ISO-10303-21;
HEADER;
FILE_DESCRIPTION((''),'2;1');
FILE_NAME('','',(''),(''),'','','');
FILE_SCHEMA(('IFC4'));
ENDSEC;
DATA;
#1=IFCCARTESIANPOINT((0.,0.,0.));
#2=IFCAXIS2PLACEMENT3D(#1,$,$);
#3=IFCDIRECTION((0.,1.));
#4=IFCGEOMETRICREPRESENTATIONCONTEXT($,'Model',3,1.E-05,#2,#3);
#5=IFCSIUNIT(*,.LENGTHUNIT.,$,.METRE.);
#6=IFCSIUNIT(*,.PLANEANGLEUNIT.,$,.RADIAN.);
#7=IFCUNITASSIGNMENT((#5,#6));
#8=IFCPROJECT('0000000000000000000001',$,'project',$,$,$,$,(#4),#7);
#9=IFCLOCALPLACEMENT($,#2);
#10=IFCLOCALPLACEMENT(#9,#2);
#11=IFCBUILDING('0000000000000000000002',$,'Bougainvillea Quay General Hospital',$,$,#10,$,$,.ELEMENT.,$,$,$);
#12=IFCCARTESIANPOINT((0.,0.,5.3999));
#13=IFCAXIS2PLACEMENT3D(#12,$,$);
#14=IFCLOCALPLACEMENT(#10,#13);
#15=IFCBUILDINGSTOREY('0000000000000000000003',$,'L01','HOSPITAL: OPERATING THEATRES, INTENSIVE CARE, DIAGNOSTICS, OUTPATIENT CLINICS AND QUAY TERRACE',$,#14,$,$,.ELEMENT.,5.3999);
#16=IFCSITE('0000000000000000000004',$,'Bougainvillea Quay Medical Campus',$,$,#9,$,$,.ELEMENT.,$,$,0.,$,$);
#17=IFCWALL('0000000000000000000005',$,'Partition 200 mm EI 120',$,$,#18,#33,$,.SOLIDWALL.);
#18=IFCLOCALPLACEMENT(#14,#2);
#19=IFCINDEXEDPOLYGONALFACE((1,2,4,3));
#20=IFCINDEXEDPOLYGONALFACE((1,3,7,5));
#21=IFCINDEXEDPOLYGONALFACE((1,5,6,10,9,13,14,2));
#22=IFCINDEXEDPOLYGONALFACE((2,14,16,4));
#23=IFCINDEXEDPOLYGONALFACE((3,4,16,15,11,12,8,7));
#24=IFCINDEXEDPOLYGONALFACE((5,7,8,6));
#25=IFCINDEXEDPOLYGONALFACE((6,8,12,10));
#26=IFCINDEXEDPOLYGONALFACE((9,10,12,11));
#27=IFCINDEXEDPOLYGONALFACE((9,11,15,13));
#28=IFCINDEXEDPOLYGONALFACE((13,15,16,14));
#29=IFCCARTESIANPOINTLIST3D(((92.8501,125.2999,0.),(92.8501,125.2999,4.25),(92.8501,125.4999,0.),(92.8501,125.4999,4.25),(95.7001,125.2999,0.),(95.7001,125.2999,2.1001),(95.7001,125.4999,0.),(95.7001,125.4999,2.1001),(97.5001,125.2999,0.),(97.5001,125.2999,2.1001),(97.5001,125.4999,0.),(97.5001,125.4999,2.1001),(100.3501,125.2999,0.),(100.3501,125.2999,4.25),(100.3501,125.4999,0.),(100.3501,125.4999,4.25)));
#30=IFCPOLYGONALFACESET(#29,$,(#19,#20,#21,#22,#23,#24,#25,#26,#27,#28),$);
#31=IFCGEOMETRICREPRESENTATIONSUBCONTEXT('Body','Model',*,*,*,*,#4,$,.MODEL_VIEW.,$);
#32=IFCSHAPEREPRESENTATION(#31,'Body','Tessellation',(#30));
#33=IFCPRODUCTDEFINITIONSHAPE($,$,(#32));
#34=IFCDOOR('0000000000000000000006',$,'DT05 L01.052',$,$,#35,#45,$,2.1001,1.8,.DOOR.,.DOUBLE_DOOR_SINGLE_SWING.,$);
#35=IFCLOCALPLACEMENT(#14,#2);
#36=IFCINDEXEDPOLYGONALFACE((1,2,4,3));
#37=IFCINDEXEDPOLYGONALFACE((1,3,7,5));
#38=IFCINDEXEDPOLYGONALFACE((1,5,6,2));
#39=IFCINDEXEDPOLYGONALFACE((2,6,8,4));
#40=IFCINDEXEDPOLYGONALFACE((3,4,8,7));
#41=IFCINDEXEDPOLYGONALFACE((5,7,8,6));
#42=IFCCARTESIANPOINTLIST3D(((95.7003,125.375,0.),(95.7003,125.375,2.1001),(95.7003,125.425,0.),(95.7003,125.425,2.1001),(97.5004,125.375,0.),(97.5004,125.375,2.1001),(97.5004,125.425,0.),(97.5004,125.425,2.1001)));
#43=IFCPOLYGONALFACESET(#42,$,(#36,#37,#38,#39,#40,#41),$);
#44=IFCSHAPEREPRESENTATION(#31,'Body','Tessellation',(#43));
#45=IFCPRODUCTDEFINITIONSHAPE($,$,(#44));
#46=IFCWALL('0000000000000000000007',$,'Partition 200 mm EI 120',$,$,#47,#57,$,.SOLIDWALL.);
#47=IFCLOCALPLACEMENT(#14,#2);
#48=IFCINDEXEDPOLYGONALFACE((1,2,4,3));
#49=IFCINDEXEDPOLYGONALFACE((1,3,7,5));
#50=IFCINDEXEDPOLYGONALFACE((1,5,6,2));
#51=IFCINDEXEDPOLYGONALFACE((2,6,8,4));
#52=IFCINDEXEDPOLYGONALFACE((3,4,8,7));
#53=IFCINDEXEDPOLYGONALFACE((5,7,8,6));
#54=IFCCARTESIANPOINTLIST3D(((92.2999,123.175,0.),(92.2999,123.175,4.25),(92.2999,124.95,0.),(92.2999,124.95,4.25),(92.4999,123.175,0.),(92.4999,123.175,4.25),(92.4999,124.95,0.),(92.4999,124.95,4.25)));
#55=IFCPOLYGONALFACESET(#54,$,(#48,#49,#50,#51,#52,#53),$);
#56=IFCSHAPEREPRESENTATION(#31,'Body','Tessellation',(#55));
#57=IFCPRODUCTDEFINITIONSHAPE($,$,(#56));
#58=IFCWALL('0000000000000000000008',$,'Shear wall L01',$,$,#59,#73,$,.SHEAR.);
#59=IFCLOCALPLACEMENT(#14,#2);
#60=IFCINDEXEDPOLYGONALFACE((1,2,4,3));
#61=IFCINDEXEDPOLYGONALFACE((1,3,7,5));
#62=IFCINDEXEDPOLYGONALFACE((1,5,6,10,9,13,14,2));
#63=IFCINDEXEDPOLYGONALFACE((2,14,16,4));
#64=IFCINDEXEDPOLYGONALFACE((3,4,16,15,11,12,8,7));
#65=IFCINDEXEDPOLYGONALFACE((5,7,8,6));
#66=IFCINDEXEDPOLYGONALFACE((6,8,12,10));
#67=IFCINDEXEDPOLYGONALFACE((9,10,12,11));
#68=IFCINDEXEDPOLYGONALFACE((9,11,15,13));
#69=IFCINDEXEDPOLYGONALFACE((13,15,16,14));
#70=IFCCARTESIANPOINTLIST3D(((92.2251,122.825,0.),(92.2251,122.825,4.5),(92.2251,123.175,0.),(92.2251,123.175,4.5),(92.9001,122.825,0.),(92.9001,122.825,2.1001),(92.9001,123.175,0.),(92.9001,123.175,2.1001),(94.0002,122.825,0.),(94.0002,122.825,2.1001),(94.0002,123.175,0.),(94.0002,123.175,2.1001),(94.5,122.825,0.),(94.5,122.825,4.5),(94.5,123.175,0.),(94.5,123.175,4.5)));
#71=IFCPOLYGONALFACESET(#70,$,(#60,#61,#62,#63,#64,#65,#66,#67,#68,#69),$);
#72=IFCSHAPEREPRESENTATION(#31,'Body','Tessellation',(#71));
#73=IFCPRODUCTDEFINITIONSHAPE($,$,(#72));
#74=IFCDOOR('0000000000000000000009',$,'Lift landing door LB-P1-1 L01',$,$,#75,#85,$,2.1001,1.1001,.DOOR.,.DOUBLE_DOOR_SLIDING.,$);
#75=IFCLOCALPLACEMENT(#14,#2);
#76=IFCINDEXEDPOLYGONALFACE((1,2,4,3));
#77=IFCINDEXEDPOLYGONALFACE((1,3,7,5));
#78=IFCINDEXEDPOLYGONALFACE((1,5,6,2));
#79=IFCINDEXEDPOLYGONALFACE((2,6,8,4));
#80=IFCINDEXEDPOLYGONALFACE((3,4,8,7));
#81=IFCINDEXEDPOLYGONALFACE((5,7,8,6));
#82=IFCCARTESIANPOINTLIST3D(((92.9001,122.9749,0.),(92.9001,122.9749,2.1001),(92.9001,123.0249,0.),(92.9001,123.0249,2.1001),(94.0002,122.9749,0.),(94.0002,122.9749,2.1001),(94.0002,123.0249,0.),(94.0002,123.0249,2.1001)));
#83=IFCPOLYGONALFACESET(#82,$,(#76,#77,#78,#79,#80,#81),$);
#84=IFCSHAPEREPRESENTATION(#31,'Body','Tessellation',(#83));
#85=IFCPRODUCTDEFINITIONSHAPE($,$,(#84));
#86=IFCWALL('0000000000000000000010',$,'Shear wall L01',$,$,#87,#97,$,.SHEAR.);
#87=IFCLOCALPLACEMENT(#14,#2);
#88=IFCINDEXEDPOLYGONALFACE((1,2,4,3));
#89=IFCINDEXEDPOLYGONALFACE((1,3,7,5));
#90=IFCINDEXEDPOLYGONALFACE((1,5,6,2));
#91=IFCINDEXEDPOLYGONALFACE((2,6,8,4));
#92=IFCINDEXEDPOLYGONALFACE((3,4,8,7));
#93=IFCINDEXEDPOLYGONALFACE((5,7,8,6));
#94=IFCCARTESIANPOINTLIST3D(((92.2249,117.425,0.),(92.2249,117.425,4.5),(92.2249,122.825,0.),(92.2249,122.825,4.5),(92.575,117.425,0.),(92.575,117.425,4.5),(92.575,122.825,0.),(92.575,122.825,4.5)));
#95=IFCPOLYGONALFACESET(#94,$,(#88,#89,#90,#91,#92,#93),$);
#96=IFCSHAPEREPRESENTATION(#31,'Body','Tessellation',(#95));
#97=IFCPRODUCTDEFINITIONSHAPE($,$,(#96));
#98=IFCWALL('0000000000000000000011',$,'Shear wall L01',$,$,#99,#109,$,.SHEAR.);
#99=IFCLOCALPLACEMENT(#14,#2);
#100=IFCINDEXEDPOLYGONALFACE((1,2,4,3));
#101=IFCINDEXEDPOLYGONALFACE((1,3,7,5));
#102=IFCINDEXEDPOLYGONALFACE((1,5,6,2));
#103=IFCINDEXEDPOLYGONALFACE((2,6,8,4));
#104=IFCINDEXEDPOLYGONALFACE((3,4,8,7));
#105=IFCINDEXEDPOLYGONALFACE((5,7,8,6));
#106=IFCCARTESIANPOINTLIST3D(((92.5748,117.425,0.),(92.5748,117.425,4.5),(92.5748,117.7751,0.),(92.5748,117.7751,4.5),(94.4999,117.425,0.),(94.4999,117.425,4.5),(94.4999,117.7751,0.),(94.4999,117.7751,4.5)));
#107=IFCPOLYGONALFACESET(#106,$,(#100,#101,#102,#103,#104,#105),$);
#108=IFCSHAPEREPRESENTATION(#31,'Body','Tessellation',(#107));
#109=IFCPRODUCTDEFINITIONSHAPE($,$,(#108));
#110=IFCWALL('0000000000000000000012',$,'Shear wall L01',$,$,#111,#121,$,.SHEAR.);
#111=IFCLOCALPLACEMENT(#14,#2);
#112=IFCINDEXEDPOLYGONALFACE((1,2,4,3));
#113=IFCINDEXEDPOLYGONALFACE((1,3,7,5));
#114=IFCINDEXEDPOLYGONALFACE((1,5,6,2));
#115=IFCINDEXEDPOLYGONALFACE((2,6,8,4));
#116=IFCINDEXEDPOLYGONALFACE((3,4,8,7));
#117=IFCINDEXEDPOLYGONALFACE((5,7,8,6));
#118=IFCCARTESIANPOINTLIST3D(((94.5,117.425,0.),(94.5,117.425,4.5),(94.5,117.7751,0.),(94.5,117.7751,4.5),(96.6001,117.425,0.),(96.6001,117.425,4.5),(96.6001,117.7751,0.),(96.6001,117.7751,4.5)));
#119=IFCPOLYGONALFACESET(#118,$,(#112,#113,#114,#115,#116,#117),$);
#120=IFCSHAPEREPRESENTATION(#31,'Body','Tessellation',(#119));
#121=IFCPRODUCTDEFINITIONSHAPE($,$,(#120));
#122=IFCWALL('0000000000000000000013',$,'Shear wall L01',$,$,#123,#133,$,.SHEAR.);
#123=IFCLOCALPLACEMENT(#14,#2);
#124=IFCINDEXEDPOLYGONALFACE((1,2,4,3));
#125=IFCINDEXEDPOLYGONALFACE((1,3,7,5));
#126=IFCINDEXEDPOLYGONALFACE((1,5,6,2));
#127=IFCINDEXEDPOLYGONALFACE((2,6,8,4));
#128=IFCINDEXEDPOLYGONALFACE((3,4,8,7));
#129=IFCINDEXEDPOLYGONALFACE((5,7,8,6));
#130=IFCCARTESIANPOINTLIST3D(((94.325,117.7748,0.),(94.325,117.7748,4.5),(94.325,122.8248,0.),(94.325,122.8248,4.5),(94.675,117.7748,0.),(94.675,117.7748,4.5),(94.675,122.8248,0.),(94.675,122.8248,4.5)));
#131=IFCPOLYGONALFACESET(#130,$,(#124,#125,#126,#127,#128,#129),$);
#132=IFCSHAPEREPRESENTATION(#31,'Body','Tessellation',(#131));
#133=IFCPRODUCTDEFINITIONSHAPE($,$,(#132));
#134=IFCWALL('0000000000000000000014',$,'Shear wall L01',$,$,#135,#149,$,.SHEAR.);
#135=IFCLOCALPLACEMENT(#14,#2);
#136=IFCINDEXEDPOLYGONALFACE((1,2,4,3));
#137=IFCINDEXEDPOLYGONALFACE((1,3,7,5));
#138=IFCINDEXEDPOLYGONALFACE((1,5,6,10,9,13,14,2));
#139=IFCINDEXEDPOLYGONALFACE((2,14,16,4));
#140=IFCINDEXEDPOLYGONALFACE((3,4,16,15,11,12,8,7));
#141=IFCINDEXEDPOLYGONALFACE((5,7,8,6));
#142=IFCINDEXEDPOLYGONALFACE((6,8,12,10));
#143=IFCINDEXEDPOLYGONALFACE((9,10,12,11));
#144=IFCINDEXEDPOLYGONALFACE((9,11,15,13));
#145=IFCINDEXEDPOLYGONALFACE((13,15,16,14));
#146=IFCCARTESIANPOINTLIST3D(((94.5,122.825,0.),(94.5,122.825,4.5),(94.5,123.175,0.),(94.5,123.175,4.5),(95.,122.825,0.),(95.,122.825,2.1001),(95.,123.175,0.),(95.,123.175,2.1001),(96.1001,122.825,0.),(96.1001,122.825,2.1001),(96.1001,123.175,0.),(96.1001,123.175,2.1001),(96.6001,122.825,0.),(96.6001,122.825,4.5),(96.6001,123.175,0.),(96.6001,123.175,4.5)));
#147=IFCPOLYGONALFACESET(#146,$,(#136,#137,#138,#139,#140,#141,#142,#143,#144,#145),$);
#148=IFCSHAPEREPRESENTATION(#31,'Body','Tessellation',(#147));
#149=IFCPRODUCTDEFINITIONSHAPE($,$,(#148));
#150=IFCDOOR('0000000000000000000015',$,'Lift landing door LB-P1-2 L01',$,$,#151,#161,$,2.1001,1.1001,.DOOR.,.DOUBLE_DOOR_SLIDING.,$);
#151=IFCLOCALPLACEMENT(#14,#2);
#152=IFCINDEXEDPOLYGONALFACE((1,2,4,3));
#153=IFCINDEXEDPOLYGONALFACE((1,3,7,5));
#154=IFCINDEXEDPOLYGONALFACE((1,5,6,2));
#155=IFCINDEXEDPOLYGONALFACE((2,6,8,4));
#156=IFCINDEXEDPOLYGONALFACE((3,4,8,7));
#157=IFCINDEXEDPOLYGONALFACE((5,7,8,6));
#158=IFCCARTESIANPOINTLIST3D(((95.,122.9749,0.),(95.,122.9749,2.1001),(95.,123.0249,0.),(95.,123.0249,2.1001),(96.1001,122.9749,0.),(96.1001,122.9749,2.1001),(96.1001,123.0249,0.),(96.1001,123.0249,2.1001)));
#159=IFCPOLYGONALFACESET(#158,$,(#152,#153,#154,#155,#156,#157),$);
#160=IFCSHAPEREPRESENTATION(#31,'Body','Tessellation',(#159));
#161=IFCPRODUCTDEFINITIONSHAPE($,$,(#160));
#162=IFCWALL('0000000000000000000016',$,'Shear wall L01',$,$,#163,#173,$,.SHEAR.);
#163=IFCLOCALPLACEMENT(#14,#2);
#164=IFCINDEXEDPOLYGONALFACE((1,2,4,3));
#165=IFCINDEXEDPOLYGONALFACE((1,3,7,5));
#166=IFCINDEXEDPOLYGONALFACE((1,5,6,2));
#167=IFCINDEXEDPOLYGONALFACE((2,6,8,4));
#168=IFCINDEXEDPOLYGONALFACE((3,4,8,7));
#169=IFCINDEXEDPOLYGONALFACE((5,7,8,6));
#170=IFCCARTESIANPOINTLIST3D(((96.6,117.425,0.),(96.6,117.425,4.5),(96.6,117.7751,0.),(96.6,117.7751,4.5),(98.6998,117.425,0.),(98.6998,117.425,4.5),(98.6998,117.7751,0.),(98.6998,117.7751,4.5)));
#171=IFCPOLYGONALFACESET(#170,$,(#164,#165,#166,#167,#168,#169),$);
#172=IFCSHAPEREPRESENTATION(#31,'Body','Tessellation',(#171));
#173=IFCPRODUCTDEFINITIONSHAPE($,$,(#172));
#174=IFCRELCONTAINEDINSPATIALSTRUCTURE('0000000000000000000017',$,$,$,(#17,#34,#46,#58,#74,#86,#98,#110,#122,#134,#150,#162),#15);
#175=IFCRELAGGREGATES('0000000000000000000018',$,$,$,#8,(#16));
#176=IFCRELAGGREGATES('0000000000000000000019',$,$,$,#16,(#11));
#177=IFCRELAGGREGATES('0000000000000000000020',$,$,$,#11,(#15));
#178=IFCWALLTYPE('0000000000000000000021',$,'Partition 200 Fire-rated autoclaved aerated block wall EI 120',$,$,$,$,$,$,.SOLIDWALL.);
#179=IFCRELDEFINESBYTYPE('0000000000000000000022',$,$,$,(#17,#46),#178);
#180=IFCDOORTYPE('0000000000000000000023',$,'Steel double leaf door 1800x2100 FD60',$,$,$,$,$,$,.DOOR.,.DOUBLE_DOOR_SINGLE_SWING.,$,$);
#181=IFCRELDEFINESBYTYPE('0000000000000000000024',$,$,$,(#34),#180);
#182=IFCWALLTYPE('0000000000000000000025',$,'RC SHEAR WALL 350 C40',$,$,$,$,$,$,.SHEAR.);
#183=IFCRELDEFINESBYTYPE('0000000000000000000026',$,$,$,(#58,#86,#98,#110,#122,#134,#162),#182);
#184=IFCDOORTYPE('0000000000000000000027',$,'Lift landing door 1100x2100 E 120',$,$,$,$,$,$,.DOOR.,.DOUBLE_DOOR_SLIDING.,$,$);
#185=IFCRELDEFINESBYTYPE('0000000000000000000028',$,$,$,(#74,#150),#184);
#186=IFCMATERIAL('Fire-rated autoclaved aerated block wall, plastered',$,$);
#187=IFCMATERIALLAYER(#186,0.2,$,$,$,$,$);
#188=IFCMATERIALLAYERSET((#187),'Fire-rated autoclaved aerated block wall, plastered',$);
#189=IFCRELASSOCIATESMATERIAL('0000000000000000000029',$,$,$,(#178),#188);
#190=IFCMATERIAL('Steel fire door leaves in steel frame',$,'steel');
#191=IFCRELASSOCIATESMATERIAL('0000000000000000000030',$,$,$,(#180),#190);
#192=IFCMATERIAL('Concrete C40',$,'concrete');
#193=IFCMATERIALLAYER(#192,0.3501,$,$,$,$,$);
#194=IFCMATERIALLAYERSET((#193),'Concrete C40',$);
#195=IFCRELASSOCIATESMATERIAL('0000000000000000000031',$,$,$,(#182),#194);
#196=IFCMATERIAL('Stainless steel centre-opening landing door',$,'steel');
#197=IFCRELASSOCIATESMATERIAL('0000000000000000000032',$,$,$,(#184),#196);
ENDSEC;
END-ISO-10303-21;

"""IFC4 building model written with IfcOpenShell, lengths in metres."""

from ifc_helpers import new_model, si_unit, direction, frame, frame_2d, origin, place, context, subcontext, project, spatial, rectangle, extrude, material, layer, layer_set, type_object, element, fill, save


model = new_model("IFC4")

# Units and contexts
model_context = context("Model", 3, precision=1e-05, world=origin(), true_north=direction((0.0, 1.0)))
body_context = subcontext(model_context, "Body", "Model", "MODEL_VIEW")
ifc_project = project(units=[si_unit("LENGTHUNIT", "METRE"), si_unit("PLANEANGLEUNIT", "RADIAN")], contexts=[model_context])

# Site, building, storey
site_placement = place(None, origin())
site = spatial("IfcSite", under=ifc_project, at=site_placement, Name="Bougainvillea Quay Medical Campus", CompositionType="ELEMENT", RefElevation=0.0)
building_placement = place(site_placement, origin())
building = spatial("IfcBuilding", under=site, at=building_placement, Name="Bougainvillea Quay General Hospital", CompositionType="ELEMENT")
storey_placement = place(building_placement, frame((0.0, 0.0, 5.3999)))
storey = spatial("IfcBuildingStorey", under=building, at=storey_placement, Name="L01", Description="HOSPITAL: OPERATING THEATRES, INTENSIVE CARE, DIAGNOSTICS, OUTPATIENT CLINICS AND QUAY TERRACE", CompositionType="ELEMENT", Elevation=5.3999)

# Wall, opening, door
ifc_material_1 = material(Name="Fire-rated autoclaved aerated block wall, plastered")
ifc_layer_1 = layer(ifc_material_1, 0.2)
ifc_layer_set_1 = layer_set([ifc_layer_1], Name="Fire-rated autoclaved aerated block wall, plastered")
wall_type_1 = type_object("IfcWallType", Name="Partition 200 Fire-rated autoclaved aerated block wall EI 120", PredefinedType="SOLIDWALL", material=ifc_layer_set_1)
wall_1_placement = place(storey_placement, frame((92.8501, 125.3999, 0.0), z_axis=(0.0, 0.0, 1.0), x_axis=(1.0, 0.0, 0.0)))
wall_1 = element("IfcWall", 1, at=wall_1_placement, inside=storey, type_object=wall_type_1, Name="Partition 200 mm EI 120", PredefinedType="SOLIDWALL", context=body_context, shape_type="SweptSolid", body=[
    extrude(rectangle(XDim=7.5, YDim=0.2, at=frame_2d((3.75, 0.0))), origin(), (0.0, 0.0, 1.0), 4.25),
])
opening_1_placement = place(wall_1_placement, frame((2.8501, 0.0, 0.0)))
opening_1 = element("IfcOpeningElement", 2, at=opening_1_placement, cuts=wall_1, PredefinedType="OPENING", context=body_context, shape_type="SweptSolid", body=[
    extrude(rectangle(XDim=1.8, YDim=2.1001, at=frame_2d((0.8999, 1.05))), frame((0.0, 0.1099, 0.0), z_axis=(0.0, -1.0, 0.0), x_axis=(1.0, 0.0, 0.0)), (0.0, 0.0, 1.0), 0.22),
])
ifc_material_2 = material(Name="Steel fire door leaves in steel frame", Category="steel")
door_type_1 = type_object("IfcDoorType", Name="Steel double leaf door 1800x2100 FD60", OperationType="DOUBLE_DOOR_SINGLE_SWING", PredefinedType="DOOR", material=ifc_material_2)
door_1_placement = place(opening_1_placement, frame((1.8, 0.0, 0.0), z_axis=(0.0, 0.0, 1.0), x_axis=(-1.0, 0.0, 0.0)))
door_1 = element("IfcDoor", 3, at=door_1_placement, inside=storey, type_object=door_type_1, Name="DT05 L01.052", OperationType="DOUBLE_DOOR_SINGLE_SWING", OverallHeight=2.1001, OverallWidth=1.8, PredefinedType="DOOR", context=body_context, shape_type="SweptSolid", body=[
    extrude(rectangle(XDim=1.8, YDim=2.1001, at=frame_2d((0.8999, 1.05))), frame((0.0, 0.0249, 0.0), z_axis=(0.0, -1.0, 0.0), x_axis=(1.0, 0.0, 0.0)), (0.0, 0.0, 1.0), 0.05),
])
fill(opening_1, door_1)

# Wall
wall_2_placement = place(storey_placement, frame((92.3999, 123.175, 0.0), z_axis=(0.0, 0.0, 1.0), x_axis=(0.0, 1.0, 0.0)))
element("IfcWall", 4, at=wall_2_placement, inside=storey, type_object=wall_type_1, Name="Partition 200 mm EI 120", PredefinedType="SOLIDWALL", context=body_context, shape_type="SweptSolid", body=[
    extrude(rectangle(XDim=1.7749, YDim=0.2, at=frame_2d((0.8875, 0.0))), origin(), (0.0, 0.0, 1.0), 4.25),
])

# Wall, opening, door
ifc_material_3 = material(Name="Concrete C40", Category="concrete")
ifc_layer_2 = layer(ifc_material_3, 0.3501)
ifc_layer_set_2 = layer_set([ifc_layer_2], Name="Concrete C40")
wall_type_2 = type_object("IfcWallType", Name="RC SHEAR WALL 350 C40", PredefinedType="SHEAR", material=ifc_layer_set_2)
wall_3_placement = place(storey_placement, frame((92.2251, 123.0, 0.0), z_axis=(0.0, 0.0, 1.0), x_axis=(1.0, 0.0, 0.0)))
wall_3 = element("IfcWall", 5, at=wall_3_placement, inside=storey, type_object=wall_type_2, Name="Shear wall L01", PredefinedType="SHEAR", context=body_context, shape_type="SweptSolid", body=[
    extrude(rectangle(XDim=2.2749, YDim=0.3501, at=frame_2d((1.1375, 0.0))), origin(), (0.0, 0.0, 1.0), 4.5),
])
opening_2_placement = place(wall_3_placement, frame((0.675, 0.0, 0.0)))
opening_2 = element("IfcOpeningElement", 6, at=opening_2_placement, cuts=wall_3, PredefinedType="OPENING", context=body_context, shape_type="SweptSolid", body=[
    extrude(rectangle(XDim=1.1001, YDim=2.1001, at=frame_2d((0.55, 1.05))), frame((0.0, 0.1851, 0.0), z_axis=(0.0, -1.0, 0.0), x_axis=(1.0, 0.0, 0.0)), (0.0, 0.0, 1.0), 0.3701),
])
ifc_material_4 = material(Name="Stainless steel centre-opening landing door", Category="steel")
door_type_2 = type_object("IfcDoorType", Name="Lift landing door 1100x2100 E 120", OperationType="DOUBLE_DOOR_SLIDING", PredefinedType="DOOR", material=ifc_material_4)
door_2_placement = place(opening_2_placement, origin())
door_2 = element("IfcDoor", 7, at=door_2_placement, inside=storey, type_object=door_type_2, Name="Lift landing door LB-P1-1 L01", OperationType="DOUBLE_DOOR_SLIDING", OverallHeight=2.1001, OverallWidth=1.1001, PredefinedType="DOOR", context=body_context, shape_type="SweptSolid", body=[
    extrude(rectangle(XDim=1.1001, YDim=2.1001, at=frame_2d((0.55, 1.05))), frame((0.0, 0.0249, 0.0), z_axis=(0.0, -1.0, 0.0), x_axis=(1.0, 0.0, 0.0)), (0.0, 0.0, 1.0), 0.05),
])
fill(opening_2, door_2)

# Walls
wall_4_placement = place(storey_placement, frame((92.3999, 117.425, 0.0), z_axis=(0.0, 0.0, 1.0), x_axis=(0.0, 1.0, 0.0)))
element("IfcWall", 8, at=wall_4_placement, inside=storey, type_object=wall_type_2, Name="Shear wall L01", PredefinedType="SHEAR", context=body_context, shape_type="SweptSolid", body=[
    extrude(rectangle(XDim=5.3999, YDim=0.3501, at=frame_2d((2.7, 0.0))), origin(), (0.0, 0.0, 1.0), 4.5),
])
wall_5_placement = place(storey_placement, frame((92.575, 117.6001, 0.0), z_axis=(0.0, 0.0, 1.0), x_axis=(1.0, 0.0, 0.0)))
element("IfcWall", 9, at=wall_5_placement, inside=storey, type_object=wall_type_2, Name="Shear wall L01", PredefinedType="SHEAR", context=body_context, shape_type="SweptSolid", body=[
    extrude(rectangle(XDim=1.925, YDim=0.3501, at=frame_2d((0.9624, 0.0))), origin(), (0.0, 0.0, 1.0), 4.5),
])
wall_6_placement = place(storey_placement, frame((94.5, 117.6001, 0.0), z_axis=(0.0, 0.0, 1.0), x_axis=(1.0, 0.0, 0.0)))
element("IfcWall", 10, at=wall_6_placement, inside=storey, type_object=wall_type_2, Name="Shear wall L01", PredefinedType="SHEAR", context=body_context, shape_type="SweptSolid", body=[
    extrude(rectangle(XDim=2.1001, YDim=0.3501, at=frame_2d((1.05, 0.0))), origin(), (0.0, 0.0, 1.0), 4.5),
])
wall_7_placement = place(storey_placement, frame((94.5, 117.7749, 0.0), z_axis=(0.0, 0.0, 1.0), x_axis=(0.0, 1.0, 0.0)))
element("IfcWall", 11, at=wall_7_placement, inside=storey, type_object=wall_type_2, Name="Shear wall L01", PredefinedType="SHEAR", context=body_context, shape_type="SweptSolid", body=[
    extrude(rectangle(XDim=5.05, YDim=0.3501, at=frame_2d((2.5249, 0.0))), origin(), (0.0, 0.0, 1.0), 4.5),
])

# Wall, opening, door
wall_8_placement = place(storey_placement, frame((94.5, 123.0, 0.0), z_axis=(0.0, 0.0, 1.0), x_axis=(1.0, 0.0, 0.0)))
wall_8 = element("IfcWall", 12, at=wall_8_placement, inside=storey, type_object=wall_type_2, Name="Shear wall L01", PredefinedType="SHEAR", context=body_context, shape_type="SweptSolid", body=[
    extrude(rectangle(XDim=2.1001, YDim=0.3501, at=frame_2d((1.05, 0.0))), origin(), (0.0, 0.0, 1.0), 4.5),
])
opening_3_placement = place(wall_8_placement, frame((0.5, 0.0, 0.0)))
opening_3 = element("IfcOpeningElement", 13, at=opening_3_placement, cuts=wall_8, PredefinedType="OPENING", context=body_context, shape_type="SweptSolid", body=[
    extrude(rectangle(XDim=1.1001, YDim=2.1001, at=frame_2d((0.55, 1.05))), frame((0.0, 0.1851, 0.0), z_axis=(0.0, -1.0, 0.0), x_axis=(1.0, 0.0, 0.0)), (0.0, 0.0, 1.0), 0.3701),
])
door_3_placement = place(opening_3_placement, origin())
door_3 = element("IfcDoor", 14, at=door_3_placement, inside=storey, type_object=door_type_2, Name="Lift landing door LB-P1-2 L01", OperationType="DOUBLE_DOOR_SLIDING", OverallHeight=2.1001, OverallWidth=1.1001, PredefinedType="DOOR", context=body_context, shape_type="SweptSolid", body=[
    extrude(rectangle(XDim=1.1001, YDim=2.1001, at=frame_2d((0.55, 1.05))), frame((0.0, 0.0249, 0.0), z_axis=(0.0, -1.0, 0.0), x_axis=(1.0, 0.0, 0.0)), (0.0, 0.0, 1.0), 0.05),
])
fill(opening_3, door_3)

# Wall
wall_9_placement = place(storey_placement, frame((96.6001, 117.6001, 0.0), z_axis=(0.0, 0.0, 1.0), x_axis=(1.0, 0.0, 0.0)))
element("IfcWall", 15, at=wall_9_placement, inside=storey, type_object=wall_type_2, Name="Shear wall L01", PredefinedType="SHEAR", context=body_context, shape_type="SweptSolid", body=[
    extrude(rectangle(XDim=2.0999, YDim=0.3501, at=frame_2d((1.0498, 0.0))), origin(), (0.0, 0.0, 1.0), 4.5),
])

save(model, "model.ifc")
